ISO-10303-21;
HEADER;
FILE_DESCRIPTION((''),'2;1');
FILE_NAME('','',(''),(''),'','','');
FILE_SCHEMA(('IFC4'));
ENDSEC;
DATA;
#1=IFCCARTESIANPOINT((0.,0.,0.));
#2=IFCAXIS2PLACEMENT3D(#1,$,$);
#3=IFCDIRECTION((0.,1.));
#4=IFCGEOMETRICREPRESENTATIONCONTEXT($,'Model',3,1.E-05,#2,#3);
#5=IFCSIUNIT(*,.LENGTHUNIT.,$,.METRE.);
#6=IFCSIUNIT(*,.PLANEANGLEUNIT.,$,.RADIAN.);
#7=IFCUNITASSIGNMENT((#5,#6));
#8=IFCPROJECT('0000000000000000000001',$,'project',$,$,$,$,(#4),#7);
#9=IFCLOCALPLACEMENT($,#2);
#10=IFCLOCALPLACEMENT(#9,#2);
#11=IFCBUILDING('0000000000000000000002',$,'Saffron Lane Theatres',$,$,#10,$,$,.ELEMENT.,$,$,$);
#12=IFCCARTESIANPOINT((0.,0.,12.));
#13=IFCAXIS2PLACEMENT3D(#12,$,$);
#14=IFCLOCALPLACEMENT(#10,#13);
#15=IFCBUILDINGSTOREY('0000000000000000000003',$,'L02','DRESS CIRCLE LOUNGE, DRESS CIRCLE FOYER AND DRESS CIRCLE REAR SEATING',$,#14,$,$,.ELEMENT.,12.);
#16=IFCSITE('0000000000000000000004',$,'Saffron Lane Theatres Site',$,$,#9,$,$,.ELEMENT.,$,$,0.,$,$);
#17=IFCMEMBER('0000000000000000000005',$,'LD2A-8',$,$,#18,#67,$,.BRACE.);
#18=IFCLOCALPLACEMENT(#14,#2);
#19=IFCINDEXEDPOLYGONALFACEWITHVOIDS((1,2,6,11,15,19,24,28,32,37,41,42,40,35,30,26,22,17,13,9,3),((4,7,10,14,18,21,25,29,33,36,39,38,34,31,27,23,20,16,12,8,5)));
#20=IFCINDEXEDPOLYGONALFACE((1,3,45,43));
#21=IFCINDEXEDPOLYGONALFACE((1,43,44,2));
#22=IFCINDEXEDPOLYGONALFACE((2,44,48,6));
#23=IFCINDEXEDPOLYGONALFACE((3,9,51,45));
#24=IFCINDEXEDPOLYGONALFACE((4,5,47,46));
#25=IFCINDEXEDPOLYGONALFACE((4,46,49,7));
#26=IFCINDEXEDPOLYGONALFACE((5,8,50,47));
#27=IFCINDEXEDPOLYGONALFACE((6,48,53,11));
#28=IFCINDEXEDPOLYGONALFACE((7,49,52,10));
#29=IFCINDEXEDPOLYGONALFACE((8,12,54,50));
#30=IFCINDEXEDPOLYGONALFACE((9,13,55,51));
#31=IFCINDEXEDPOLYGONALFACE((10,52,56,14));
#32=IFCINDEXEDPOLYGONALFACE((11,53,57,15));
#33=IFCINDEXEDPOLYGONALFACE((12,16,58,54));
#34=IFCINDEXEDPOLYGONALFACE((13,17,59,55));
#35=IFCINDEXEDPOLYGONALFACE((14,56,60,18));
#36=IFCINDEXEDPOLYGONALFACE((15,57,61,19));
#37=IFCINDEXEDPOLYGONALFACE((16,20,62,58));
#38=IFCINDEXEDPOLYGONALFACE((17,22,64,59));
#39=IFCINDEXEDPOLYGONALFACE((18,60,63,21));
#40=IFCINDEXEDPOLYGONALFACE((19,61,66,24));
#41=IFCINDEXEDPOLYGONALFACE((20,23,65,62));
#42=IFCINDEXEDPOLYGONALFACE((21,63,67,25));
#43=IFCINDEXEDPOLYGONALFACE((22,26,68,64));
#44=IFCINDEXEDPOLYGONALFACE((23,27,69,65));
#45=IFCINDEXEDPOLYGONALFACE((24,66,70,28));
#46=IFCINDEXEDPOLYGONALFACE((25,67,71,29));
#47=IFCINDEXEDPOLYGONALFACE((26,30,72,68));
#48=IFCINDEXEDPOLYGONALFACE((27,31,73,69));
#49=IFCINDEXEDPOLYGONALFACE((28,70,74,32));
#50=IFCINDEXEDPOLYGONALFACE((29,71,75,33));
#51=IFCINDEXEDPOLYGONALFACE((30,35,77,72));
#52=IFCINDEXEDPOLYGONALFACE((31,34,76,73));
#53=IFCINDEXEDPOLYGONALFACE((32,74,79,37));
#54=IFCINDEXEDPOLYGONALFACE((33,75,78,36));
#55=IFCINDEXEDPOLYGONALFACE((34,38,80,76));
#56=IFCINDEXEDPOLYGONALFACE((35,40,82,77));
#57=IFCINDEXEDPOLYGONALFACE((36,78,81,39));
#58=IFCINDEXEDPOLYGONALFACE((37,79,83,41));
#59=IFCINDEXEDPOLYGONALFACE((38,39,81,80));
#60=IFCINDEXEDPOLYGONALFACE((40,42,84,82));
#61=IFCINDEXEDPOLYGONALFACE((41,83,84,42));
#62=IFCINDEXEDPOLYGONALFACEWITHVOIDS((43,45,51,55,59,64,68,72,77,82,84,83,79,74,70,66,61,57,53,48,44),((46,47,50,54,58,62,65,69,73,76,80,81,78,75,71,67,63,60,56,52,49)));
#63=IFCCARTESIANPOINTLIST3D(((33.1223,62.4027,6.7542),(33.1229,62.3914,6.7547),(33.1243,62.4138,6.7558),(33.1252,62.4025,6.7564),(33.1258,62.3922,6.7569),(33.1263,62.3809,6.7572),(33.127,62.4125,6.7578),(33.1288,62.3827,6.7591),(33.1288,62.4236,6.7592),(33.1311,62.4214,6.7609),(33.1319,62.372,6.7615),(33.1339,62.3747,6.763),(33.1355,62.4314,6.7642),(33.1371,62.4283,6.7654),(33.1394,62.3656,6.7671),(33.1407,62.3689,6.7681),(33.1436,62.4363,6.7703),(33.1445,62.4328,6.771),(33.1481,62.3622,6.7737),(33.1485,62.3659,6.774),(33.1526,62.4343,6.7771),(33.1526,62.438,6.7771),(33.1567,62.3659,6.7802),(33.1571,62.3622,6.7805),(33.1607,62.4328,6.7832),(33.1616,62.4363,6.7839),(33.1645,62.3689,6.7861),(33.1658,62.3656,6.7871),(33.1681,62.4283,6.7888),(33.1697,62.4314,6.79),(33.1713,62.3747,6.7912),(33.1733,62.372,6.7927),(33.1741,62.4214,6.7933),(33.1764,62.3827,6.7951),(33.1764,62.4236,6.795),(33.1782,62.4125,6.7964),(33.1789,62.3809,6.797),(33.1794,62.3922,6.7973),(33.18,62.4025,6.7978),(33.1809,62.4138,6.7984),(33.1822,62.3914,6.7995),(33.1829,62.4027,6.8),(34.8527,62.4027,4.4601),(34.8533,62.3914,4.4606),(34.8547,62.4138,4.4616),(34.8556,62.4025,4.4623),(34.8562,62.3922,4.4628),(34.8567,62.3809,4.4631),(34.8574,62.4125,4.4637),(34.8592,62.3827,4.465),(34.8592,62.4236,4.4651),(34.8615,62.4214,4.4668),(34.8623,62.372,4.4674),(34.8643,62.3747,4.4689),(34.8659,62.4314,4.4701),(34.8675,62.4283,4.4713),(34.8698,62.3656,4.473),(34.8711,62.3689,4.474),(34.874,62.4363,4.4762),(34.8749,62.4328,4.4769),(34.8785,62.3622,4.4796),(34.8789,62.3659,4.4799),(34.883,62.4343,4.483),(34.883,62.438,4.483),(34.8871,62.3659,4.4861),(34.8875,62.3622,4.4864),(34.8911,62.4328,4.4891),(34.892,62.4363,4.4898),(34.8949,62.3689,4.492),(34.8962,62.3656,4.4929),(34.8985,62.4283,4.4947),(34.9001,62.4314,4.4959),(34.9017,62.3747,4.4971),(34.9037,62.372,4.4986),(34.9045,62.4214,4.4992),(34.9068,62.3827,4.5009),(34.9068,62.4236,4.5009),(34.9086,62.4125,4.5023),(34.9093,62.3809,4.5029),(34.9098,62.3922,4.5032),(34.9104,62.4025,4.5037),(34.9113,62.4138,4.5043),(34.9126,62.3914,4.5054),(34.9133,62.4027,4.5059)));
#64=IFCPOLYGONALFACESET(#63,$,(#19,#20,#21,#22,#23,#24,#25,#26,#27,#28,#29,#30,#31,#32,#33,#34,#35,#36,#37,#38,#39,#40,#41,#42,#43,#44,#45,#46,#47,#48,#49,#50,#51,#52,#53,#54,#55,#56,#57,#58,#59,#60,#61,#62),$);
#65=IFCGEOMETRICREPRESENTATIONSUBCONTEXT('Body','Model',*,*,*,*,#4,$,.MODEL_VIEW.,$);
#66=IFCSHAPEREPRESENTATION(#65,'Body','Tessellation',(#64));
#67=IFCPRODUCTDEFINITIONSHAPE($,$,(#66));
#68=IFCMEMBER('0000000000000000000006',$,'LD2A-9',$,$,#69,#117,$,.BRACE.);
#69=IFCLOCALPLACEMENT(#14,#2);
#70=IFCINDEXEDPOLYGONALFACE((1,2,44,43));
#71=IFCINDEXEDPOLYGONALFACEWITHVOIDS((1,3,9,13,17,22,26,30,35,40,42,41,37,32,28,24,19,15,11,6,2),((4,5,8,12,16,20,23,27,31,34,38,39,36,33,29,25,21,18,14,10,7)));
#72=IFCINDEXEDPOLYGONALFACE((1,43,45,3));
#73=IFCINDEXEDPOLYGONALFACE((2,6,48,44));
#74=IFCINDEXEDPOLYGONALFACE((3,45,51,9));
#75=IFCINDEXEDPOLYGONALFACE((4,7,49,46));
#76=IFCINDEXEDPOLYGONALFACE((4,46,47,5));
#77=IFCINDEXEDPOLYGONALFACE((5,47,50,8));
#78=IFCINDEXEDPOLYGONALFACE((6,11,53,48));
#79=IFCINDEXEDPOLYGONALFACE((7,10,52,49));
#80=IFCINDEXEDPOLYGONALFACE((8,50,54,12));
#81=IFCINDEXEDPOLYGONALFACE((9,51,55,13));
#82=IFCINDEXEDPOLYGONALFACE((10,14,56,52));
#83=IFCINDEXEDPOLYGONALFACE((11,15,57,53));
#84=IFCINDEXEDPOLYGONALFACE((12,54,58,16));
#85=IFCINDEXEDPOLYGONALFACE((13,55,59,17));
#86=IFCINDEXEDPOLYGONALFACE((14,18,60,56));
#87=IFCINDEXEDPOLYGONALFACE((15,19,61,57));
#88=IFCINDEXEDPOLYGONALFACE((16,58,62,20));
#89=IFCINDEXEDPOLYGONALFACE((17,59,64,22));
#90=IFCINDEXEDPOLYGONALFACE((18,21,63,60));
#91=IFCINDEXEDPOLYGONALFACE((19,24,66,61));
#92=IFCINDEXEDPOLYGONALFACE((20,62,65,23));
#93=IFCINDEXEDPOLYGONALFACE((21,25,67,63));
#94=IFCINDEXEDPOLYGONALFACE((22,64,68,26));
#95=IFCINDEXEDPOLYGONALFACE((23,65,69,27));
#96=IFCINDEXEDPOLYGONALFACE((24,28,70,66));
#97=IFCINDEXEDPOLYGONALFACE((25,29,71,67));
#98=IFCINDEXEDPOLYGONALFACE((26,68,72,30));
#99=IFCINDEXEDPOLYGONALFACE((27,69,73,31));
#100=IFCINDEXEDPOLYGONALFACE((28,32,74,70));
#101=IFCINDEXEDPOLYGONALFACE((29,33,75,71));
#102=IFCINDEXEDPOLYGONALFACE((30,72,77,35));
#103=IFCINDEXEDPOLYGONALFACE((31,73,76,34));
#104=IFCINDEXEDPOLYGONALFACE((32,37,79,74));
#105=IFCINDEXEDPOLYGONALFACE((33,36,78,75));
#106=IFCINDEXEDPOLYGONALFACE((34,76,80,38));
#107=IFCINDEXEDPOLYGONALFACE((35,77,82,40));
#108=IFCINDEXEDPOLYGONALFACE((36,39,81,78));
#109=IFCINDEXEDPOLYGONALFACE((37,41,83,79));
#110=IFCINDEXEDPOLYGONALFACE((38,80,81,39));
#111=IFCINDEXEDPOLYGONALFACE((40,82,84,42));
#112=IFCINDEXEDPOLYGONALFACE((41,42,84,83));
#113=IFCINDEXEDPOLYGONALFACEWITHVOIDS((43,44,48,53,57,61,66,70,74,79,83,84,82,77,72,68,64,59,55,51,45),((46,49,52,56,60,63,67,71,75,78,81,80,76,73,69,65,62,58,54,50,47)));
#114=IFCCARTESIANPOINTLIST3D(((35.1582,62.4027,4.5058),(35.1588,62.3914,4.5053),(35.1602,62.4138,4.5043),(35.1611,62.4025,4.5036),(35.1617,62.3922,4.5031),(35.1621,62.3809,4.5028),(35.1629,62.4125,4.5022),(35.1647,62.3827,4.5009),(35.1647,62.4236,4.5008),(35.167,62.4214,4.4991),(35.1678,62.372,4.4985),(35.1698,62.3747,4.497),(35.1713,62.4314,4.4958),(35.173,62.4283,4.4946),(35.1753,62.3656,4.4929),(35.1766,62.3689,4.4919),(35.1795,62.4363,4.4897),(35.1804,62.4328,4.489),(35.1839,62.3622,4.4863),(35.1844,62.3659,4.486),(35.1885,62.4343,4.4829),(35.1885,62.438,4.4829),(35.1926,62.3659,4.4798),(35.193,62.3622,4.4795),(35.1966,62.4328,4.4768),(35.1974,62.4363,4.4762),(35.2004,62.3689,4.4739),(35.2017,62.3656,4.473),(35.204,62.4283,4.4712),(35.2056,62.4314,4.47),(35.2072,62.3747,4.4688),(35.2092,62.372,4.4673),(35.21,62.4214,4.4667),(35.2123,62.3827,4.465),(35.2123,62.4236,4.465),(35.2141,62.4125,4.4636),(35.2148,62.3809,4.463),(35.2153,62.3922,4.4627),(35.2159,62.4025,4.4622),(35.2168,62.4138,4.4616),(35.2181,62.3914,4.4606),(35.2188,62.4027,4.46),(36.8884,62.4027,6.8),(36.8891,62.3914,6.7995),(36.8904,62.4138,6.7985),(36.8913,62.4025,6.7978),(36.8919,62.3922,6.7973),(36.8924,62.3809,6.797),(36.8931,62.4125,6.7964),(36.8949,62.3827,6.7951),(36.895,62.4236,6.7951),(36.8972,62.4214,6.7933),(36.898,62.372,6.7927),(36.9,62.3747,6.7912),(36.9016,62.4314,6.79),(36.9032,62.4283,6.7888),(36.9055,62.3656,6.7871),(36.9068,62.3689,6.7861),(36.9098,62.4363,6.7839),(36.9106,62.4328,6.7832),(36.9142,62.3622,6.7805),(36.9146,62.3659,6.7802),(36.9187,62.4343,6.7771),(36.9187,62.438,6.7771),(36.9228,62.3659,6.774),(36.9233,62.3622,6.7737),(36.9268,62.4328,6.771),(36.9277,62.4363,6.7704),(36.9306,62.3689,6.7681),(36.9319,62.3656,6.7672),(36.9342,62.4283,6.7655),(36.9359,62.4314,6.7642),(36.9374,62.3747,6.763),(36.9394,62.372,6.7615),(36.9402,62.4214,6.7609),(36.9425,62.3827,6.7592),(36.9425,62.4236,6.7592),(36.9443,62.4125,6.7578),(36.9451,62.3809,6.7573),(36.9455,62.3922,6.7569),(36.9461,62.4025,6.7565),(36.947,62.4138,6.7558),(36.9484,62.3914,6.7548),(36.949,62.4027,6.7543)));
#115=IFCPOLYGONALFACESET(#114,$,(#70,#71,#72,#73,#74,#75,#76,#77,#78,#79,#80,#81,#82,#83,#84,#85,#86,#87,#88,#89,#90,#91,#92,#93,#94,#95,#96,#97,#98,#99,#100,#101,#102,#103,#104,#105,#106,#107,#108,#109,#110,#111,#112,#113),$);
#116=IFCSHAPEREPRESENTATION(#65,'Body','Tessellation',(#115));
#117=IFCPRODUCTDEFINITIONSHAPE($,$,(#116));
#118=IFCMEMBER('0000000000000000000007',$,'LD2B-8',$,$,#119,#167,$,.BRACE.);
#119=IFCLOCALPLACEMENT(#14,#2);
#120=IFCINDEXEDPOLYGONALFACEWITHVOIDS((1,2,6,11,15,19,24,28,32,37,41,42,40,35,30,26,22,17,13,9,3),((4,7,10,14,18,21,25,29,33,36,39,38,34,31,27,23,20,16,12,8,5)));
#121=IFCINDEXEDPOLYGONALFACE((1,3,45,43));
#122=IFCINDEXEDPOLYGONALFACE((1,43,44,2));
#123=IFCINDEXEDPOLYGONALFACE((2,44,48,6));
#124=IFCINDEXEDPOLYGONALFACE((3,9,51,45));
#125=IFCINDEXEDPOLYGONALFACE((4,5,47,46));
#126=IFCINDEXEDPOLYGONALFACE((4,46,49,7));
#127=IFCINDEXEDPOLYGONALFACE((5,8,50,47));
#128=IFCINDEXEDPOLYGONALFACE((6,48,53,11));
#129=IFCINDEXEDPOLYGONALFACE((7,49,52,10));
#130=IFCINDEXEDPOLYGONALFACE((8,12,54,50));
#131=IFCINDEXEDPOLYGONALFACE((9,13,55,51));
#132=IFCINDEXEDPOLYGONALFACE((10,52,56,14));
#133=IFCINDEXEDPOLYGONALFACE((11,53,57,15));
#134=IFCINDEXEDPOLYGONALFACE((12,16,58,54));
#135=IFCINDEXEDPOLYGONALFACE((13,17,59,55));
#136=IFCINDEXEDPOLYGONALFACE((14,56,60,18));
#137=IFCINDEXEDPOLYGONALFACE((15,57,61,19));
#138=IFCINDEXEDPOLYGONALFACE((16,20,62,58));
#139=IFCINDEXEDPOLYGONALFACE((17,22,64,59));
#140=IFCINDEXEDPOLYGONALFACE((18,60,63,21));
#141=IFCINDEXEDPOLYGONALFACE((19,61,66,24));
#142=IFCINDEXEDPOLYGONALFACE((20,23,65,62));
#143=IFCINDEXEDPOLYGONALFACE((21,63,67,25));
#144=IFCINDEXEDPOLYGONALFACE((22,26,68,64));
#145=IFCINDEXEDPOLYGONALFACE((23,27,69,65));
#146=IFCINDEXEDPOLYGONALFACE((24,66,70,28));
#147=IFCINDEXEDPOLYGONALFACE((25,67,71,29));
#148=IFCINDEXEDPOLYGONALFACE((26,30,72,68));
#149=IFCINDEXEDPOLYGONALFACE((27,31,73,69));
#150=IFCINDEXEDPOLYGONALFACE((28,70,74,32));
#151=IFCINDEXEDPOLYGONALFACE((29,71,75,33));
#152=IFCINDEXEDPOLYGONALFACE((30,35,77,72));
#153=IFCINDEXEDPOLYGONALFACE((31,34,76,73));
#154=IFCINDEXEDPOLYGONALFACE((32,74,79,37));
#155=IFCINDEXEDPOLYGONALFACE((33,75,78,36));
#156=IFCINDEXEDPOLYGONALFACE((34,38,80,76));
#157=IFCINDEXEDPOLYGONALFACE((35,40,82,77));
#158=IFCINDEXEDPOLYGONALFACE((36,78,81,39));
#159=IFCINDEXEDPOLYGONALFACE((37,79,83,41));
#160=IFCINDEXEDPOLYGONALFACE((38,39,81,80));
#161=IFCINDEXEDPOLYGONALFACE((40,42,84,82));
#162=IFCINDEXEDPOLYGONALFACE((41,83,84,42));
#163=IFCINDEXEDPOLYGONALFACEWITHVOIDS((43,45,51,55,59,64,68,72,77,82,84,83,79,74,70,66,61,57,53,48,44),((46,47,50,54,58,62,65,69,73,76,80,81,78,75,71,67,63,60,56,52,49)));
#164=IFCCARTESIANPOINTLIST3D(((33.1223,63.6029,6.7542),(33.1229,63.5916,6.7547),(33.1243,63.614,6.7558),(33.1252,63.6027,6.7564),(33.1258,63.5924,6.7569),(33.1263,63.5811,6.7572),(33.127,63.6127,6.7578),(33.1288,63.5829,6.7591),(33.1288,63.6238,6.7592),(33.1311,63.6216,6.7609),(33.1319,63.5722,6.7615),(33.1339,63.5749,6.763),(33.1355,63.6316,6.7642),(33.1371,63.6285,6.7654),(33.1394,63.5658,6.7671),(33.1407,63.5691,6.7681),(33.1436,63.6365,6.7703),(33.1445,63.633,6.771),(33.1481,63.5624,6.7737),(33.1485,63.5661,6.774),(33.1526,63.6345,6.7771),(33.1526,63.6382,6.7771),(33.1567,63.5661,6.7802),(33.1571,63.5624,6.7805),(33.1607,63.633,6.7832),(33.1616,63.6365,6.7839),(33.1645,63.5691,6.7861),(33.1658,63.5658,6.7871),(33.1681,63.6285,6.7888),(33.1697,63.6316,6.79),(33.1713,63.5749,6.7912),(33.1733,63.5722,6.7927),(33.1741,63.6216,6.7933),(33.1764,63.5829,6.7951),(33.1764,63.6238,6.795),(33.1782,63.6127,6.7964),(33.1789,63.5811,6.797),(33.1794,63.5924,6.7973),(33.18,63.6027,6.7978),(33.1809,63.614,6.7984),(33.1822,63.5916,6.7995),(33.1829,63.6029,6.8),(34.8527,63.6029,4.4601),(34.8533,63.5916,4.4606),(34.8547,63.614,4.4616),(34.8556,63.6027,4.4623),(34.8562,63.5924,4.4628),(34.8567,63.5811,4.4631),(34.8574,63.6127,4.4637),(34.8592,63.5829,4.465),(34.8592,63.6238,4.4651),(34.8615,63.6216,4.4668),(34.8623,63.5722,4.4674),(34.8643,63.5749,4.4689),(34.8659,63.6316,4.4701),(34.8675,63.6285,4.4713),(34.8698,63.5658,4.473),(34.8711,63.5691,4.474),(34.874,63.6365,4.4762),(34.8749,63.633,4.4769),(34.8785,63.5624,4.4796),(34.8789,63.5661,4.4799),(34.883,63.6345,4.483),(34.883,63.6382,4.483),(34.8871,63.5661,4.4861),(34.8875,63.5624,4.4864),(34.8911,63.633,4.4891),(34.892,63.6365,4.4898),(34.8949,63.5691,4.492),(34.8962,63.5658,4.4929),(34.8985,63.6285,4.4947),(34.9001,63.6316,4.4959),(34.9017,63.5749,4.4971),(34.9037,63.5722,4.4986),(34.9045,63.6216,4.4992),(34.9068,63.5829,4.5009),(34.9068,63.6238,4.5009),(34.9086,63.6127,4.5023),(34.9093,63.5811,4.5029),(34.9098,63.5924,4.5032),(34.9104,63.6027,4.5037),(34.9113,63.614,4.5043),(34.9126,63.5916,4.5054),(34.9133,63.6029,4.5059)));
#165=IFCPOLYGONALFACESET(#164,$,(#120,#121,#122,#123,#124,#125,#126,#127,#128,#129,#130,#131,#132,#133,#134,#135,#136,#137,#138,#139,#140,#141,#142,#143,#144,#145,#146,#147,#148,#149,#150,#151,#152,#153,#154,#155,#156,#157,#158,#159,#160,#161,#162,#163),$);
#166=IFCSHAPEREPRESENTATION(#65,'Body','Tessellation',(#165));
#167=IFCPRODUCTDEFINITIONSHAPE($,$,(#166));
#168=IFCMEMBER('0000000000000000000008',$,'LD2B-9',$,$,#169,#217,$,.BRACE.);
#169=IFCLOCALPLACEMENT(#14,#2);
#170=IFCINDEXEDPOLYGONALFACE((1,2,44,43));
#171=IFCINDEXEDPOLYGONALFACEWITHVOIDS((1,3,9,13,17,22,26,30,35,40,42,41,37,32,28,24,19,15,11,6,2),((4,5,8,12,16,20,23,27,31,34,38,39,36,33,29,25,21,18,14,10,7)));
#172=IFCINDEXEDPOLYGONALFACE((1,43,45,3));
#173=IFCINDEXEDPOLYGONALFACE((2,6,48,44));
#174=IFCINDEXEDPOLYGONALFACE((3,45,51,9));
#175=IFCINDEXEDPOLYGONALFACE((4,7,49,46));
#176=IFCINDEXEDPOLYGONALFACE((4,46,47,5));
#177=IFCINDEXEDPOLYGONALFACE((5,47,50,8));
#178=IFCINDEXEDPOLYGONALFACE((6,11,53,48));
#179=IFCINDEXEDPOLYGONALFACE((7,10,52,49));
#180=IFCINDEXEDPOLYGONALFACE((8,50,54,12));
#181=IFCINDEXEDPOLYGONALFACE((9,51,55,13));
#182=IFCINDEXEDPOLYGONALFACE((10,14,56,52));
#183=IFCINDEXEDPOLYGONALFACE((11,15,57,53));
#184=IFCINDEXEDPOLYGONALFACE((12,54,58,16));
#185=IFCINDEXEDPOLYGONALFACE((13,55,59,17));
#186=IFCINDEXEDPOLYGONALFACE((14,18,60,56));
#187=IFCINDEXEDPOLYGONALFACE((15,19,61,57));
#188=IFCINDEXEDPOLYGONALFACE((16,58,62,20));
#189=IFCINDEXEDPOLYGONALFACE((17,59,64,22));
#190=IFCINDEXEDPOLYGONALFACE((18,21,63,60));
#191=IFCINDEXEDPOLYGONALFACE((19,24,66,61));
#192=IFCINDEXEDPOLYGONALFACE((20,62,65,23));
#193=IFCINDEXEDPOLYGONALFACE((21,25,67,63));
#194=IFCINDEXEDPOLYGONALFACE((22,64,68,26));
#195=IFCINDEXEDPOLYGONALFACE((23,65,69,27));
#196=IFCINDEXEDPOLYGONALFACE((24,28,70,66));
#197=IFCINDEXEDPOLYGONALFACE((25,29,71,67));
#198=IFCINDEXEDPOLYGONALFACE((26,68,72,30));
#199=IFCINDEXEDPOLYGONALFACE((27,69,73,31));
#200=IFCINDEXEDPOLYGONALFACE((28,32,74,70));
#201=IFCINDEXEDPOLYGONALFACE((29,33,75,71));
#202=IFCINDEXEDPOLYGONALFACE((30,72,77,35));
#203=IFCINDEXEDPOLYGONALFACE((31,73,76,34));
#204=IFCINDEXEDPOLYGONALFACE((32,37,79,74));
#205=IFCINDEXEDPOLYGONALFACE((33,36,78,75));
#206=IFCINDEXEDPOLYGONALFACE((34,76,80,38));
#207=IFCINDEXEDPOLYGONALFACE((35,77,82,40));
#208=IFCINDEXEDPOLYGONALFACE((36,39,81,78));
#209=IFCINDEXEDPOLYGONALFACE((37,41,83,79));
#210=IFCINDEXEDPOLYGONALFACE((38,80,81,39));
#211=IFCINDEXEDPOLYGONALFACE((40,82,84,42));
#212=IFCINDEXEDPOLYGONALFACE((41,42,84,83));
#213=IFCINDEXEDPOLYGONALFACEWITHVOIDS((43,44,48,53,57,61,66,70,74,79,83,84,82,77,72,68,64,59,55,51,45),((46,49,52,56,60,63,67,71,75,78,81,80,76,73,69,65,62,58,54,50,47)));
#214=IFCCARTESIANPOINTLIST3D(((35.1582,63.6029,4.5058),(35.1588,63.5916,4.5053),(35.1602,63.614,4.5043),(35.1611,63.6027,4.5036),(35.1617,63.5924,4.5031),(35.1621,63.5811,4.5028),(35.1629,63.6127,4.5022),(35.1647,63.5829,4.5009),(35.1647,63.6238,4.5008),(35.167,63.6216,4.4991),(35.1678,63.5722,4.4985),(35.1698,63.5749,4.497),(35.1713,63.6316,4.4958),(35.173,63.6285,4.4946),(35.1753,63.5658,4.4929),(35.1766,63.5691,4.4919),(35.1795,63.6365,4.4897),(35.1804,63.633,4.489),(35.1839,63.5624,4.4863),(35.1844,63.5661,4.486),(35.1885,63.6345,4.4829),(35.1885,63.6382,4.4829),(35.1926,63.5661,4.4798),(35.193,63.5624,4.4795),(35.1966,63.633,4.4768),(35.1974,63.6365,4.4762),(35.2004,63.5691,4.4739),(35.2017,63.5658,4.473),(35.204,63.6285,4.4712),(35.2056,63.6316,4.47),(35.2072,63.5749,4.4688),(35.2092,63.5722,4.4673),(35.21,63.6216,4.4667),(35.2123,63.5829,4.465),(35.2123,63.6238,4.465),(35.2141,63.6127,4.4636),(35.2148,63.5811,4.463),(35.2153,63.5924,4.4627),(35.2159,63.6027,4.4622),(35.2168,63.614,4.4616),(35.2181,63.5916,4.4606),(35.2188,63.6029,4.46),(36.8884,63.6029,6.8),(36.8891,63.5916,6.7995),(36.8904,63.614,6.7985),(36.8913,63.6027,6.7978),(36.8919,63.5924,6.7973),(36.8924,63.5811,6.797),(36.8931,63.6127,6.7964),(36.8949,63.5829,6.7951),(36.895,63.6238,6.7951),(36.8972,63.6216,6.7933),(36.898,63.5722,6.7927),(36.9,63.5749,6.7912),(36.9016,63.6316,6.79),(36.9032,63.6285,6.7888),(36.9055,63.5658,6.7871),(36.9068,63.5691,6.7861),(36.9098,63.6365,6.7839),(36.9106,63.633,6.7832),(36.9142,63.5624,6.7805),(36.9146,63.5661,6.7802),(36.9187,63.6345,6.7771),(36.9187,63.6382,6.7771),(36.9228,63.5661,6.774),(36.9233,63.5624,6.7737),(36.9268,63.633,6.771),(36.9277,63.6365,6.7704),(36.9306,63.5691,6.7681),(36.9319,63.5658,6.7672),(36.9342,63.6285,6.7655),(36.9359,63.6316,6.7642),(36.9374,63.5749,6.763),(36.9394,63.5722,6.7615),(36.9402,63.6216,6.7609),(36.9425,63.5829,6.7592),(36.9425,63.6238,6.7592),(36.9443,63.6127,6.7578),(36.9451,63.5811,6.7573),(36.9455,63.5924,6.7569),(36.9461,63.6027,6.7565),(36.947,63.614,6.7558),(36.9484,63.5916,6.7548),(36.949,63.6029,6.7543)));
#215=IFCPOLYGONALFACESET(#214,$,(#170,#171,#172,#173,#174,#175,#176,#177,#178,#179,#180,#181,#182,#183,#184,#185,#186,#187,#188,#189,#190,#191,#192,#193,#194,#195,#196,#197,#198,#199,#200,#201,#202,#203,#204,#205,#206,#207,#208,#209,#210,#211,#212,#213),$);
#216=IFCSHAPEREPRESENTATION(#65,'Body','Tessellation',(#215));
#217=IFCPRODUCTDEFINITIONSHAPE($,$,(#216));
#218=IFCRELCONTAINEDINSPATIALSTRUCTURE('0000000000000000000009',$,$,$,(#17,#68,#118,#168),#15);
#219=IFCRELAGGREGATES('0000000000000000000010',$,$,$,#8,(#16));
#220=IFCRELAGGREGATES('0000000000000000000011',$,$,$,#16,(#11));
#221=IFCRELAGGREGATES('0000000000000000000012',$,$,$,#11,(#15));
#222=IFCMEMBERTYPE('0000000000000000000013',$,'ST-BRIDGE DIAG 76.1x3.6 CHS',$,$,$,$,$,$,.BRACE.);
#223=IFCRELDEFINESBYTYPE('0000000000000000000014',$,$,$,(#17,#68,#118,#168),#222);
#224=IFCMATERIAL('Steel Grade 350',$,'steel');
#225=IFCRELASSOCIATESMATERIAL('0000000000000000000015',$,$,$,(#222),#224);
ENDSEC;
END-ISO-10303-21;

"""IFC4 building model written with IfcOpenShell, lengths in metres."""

from ifc_helpers import new_model, si_unit, direction, frame, origin, origin_2d, place, context, subcontext, project, spatial, hollow_circle, extrude, material, material_profile, profile_set, type_object, element, save


model = new_model("IFC4")

# Units and contexts
model_context = context("Model", 3, precision=1e-05, world=origin(), true_north=direction((0.0, 1.0)))
body_context = subcontext(model_context, "Body", "Model", "MODEL_VIEW")
ifc_project = project(units=[si_unit("LENGTHUNIT", "METRE"), si_unit("PLANEANGLEUNIT", "RADIAN")], contexts=[model_context])

# Site, building, storey
site_placement = place(None, origin())
site = spatial("IfcSite", under=ifc_project, at=site_placement, Name="Saffron Lane Theatres Site", CompositionType="ELEMENT", RefElevation=0.0)
building_placement = place(site_placement, origin())
building = spatial("IfcBuilding", under=site, at=building_placement, Name="Saffron Lane Theatres", CompositionType="ELEMENT")
storey_placement = place(building_placement, frame((0.0, 0.0, 12.0)))
storey = spatial("IfcBuildingStorey", under=building, at=storey_placement, Name="L02", Description="DRESS CIRCLE LOUNGE, DRESS CIRCLE FOYER AND DRESS CIRCLE REAR SEATING", CompositionType="ELEMENT", Elevation=12.0)

# Members
ifc_material_1 = material(Name="Steel Grade 350", Category="steel")
ifc_material_profile_1 = material_profile(ifc_material_1, hollow_circle(Radius=0.0381, WallThickness=0.0037, at=origin_2d()))
ifc_profile_set_1 = profile_set([ifc_material_profile_1], Name="Steel Grade 350")
member_type = type_object("IfcMemberType", Name="ST-BRIDGE DIAG 76.1x3.6 CHS", PredefinedType="BRACE", material=ifc_profile_set_1)
for number, where, z_axis, x_axis, name in (
    (1, (33.1526, 62.3999, 6.7771), (0.602186, 0.0, -0.798356), (0.0, 1.0, 0.0), "LD2A-8"),
    (2, (35.1885, 62.3999, 4.4829), (0.602132, 0.0, 0.798396), (0.0, 1.0, 0.0), "LD2A-9"),
    (3, (33.1526, 63.6001, 6.7771), (0.602186, 0.0, -0.798356), (0.0, 1.0, 0.0), "LD2B-8"),
    (4, (35.1885, 63.6001, 4.4829), (0.602132, 0.0, 0.798396), (0.0, 1.0, 0.0), "LD2B-9"),
):
    element("IfcMember", number, at=place(storey_placement, frame(where, z_axis=z_axis, x_axis=x_axis)), inside=storey, type_object=member_type, Name=name, PredefinedType="BRACE", context=body_context, shape_type="SweptSolid", body=[
        extrude(hollow_circle(Radius=0.0381, WallThickness=0.0037, at=origin_2d()), origin(), (0.0, 0.0, 1.0), 2.8735),
    ])

save(model, "model.ifc")
